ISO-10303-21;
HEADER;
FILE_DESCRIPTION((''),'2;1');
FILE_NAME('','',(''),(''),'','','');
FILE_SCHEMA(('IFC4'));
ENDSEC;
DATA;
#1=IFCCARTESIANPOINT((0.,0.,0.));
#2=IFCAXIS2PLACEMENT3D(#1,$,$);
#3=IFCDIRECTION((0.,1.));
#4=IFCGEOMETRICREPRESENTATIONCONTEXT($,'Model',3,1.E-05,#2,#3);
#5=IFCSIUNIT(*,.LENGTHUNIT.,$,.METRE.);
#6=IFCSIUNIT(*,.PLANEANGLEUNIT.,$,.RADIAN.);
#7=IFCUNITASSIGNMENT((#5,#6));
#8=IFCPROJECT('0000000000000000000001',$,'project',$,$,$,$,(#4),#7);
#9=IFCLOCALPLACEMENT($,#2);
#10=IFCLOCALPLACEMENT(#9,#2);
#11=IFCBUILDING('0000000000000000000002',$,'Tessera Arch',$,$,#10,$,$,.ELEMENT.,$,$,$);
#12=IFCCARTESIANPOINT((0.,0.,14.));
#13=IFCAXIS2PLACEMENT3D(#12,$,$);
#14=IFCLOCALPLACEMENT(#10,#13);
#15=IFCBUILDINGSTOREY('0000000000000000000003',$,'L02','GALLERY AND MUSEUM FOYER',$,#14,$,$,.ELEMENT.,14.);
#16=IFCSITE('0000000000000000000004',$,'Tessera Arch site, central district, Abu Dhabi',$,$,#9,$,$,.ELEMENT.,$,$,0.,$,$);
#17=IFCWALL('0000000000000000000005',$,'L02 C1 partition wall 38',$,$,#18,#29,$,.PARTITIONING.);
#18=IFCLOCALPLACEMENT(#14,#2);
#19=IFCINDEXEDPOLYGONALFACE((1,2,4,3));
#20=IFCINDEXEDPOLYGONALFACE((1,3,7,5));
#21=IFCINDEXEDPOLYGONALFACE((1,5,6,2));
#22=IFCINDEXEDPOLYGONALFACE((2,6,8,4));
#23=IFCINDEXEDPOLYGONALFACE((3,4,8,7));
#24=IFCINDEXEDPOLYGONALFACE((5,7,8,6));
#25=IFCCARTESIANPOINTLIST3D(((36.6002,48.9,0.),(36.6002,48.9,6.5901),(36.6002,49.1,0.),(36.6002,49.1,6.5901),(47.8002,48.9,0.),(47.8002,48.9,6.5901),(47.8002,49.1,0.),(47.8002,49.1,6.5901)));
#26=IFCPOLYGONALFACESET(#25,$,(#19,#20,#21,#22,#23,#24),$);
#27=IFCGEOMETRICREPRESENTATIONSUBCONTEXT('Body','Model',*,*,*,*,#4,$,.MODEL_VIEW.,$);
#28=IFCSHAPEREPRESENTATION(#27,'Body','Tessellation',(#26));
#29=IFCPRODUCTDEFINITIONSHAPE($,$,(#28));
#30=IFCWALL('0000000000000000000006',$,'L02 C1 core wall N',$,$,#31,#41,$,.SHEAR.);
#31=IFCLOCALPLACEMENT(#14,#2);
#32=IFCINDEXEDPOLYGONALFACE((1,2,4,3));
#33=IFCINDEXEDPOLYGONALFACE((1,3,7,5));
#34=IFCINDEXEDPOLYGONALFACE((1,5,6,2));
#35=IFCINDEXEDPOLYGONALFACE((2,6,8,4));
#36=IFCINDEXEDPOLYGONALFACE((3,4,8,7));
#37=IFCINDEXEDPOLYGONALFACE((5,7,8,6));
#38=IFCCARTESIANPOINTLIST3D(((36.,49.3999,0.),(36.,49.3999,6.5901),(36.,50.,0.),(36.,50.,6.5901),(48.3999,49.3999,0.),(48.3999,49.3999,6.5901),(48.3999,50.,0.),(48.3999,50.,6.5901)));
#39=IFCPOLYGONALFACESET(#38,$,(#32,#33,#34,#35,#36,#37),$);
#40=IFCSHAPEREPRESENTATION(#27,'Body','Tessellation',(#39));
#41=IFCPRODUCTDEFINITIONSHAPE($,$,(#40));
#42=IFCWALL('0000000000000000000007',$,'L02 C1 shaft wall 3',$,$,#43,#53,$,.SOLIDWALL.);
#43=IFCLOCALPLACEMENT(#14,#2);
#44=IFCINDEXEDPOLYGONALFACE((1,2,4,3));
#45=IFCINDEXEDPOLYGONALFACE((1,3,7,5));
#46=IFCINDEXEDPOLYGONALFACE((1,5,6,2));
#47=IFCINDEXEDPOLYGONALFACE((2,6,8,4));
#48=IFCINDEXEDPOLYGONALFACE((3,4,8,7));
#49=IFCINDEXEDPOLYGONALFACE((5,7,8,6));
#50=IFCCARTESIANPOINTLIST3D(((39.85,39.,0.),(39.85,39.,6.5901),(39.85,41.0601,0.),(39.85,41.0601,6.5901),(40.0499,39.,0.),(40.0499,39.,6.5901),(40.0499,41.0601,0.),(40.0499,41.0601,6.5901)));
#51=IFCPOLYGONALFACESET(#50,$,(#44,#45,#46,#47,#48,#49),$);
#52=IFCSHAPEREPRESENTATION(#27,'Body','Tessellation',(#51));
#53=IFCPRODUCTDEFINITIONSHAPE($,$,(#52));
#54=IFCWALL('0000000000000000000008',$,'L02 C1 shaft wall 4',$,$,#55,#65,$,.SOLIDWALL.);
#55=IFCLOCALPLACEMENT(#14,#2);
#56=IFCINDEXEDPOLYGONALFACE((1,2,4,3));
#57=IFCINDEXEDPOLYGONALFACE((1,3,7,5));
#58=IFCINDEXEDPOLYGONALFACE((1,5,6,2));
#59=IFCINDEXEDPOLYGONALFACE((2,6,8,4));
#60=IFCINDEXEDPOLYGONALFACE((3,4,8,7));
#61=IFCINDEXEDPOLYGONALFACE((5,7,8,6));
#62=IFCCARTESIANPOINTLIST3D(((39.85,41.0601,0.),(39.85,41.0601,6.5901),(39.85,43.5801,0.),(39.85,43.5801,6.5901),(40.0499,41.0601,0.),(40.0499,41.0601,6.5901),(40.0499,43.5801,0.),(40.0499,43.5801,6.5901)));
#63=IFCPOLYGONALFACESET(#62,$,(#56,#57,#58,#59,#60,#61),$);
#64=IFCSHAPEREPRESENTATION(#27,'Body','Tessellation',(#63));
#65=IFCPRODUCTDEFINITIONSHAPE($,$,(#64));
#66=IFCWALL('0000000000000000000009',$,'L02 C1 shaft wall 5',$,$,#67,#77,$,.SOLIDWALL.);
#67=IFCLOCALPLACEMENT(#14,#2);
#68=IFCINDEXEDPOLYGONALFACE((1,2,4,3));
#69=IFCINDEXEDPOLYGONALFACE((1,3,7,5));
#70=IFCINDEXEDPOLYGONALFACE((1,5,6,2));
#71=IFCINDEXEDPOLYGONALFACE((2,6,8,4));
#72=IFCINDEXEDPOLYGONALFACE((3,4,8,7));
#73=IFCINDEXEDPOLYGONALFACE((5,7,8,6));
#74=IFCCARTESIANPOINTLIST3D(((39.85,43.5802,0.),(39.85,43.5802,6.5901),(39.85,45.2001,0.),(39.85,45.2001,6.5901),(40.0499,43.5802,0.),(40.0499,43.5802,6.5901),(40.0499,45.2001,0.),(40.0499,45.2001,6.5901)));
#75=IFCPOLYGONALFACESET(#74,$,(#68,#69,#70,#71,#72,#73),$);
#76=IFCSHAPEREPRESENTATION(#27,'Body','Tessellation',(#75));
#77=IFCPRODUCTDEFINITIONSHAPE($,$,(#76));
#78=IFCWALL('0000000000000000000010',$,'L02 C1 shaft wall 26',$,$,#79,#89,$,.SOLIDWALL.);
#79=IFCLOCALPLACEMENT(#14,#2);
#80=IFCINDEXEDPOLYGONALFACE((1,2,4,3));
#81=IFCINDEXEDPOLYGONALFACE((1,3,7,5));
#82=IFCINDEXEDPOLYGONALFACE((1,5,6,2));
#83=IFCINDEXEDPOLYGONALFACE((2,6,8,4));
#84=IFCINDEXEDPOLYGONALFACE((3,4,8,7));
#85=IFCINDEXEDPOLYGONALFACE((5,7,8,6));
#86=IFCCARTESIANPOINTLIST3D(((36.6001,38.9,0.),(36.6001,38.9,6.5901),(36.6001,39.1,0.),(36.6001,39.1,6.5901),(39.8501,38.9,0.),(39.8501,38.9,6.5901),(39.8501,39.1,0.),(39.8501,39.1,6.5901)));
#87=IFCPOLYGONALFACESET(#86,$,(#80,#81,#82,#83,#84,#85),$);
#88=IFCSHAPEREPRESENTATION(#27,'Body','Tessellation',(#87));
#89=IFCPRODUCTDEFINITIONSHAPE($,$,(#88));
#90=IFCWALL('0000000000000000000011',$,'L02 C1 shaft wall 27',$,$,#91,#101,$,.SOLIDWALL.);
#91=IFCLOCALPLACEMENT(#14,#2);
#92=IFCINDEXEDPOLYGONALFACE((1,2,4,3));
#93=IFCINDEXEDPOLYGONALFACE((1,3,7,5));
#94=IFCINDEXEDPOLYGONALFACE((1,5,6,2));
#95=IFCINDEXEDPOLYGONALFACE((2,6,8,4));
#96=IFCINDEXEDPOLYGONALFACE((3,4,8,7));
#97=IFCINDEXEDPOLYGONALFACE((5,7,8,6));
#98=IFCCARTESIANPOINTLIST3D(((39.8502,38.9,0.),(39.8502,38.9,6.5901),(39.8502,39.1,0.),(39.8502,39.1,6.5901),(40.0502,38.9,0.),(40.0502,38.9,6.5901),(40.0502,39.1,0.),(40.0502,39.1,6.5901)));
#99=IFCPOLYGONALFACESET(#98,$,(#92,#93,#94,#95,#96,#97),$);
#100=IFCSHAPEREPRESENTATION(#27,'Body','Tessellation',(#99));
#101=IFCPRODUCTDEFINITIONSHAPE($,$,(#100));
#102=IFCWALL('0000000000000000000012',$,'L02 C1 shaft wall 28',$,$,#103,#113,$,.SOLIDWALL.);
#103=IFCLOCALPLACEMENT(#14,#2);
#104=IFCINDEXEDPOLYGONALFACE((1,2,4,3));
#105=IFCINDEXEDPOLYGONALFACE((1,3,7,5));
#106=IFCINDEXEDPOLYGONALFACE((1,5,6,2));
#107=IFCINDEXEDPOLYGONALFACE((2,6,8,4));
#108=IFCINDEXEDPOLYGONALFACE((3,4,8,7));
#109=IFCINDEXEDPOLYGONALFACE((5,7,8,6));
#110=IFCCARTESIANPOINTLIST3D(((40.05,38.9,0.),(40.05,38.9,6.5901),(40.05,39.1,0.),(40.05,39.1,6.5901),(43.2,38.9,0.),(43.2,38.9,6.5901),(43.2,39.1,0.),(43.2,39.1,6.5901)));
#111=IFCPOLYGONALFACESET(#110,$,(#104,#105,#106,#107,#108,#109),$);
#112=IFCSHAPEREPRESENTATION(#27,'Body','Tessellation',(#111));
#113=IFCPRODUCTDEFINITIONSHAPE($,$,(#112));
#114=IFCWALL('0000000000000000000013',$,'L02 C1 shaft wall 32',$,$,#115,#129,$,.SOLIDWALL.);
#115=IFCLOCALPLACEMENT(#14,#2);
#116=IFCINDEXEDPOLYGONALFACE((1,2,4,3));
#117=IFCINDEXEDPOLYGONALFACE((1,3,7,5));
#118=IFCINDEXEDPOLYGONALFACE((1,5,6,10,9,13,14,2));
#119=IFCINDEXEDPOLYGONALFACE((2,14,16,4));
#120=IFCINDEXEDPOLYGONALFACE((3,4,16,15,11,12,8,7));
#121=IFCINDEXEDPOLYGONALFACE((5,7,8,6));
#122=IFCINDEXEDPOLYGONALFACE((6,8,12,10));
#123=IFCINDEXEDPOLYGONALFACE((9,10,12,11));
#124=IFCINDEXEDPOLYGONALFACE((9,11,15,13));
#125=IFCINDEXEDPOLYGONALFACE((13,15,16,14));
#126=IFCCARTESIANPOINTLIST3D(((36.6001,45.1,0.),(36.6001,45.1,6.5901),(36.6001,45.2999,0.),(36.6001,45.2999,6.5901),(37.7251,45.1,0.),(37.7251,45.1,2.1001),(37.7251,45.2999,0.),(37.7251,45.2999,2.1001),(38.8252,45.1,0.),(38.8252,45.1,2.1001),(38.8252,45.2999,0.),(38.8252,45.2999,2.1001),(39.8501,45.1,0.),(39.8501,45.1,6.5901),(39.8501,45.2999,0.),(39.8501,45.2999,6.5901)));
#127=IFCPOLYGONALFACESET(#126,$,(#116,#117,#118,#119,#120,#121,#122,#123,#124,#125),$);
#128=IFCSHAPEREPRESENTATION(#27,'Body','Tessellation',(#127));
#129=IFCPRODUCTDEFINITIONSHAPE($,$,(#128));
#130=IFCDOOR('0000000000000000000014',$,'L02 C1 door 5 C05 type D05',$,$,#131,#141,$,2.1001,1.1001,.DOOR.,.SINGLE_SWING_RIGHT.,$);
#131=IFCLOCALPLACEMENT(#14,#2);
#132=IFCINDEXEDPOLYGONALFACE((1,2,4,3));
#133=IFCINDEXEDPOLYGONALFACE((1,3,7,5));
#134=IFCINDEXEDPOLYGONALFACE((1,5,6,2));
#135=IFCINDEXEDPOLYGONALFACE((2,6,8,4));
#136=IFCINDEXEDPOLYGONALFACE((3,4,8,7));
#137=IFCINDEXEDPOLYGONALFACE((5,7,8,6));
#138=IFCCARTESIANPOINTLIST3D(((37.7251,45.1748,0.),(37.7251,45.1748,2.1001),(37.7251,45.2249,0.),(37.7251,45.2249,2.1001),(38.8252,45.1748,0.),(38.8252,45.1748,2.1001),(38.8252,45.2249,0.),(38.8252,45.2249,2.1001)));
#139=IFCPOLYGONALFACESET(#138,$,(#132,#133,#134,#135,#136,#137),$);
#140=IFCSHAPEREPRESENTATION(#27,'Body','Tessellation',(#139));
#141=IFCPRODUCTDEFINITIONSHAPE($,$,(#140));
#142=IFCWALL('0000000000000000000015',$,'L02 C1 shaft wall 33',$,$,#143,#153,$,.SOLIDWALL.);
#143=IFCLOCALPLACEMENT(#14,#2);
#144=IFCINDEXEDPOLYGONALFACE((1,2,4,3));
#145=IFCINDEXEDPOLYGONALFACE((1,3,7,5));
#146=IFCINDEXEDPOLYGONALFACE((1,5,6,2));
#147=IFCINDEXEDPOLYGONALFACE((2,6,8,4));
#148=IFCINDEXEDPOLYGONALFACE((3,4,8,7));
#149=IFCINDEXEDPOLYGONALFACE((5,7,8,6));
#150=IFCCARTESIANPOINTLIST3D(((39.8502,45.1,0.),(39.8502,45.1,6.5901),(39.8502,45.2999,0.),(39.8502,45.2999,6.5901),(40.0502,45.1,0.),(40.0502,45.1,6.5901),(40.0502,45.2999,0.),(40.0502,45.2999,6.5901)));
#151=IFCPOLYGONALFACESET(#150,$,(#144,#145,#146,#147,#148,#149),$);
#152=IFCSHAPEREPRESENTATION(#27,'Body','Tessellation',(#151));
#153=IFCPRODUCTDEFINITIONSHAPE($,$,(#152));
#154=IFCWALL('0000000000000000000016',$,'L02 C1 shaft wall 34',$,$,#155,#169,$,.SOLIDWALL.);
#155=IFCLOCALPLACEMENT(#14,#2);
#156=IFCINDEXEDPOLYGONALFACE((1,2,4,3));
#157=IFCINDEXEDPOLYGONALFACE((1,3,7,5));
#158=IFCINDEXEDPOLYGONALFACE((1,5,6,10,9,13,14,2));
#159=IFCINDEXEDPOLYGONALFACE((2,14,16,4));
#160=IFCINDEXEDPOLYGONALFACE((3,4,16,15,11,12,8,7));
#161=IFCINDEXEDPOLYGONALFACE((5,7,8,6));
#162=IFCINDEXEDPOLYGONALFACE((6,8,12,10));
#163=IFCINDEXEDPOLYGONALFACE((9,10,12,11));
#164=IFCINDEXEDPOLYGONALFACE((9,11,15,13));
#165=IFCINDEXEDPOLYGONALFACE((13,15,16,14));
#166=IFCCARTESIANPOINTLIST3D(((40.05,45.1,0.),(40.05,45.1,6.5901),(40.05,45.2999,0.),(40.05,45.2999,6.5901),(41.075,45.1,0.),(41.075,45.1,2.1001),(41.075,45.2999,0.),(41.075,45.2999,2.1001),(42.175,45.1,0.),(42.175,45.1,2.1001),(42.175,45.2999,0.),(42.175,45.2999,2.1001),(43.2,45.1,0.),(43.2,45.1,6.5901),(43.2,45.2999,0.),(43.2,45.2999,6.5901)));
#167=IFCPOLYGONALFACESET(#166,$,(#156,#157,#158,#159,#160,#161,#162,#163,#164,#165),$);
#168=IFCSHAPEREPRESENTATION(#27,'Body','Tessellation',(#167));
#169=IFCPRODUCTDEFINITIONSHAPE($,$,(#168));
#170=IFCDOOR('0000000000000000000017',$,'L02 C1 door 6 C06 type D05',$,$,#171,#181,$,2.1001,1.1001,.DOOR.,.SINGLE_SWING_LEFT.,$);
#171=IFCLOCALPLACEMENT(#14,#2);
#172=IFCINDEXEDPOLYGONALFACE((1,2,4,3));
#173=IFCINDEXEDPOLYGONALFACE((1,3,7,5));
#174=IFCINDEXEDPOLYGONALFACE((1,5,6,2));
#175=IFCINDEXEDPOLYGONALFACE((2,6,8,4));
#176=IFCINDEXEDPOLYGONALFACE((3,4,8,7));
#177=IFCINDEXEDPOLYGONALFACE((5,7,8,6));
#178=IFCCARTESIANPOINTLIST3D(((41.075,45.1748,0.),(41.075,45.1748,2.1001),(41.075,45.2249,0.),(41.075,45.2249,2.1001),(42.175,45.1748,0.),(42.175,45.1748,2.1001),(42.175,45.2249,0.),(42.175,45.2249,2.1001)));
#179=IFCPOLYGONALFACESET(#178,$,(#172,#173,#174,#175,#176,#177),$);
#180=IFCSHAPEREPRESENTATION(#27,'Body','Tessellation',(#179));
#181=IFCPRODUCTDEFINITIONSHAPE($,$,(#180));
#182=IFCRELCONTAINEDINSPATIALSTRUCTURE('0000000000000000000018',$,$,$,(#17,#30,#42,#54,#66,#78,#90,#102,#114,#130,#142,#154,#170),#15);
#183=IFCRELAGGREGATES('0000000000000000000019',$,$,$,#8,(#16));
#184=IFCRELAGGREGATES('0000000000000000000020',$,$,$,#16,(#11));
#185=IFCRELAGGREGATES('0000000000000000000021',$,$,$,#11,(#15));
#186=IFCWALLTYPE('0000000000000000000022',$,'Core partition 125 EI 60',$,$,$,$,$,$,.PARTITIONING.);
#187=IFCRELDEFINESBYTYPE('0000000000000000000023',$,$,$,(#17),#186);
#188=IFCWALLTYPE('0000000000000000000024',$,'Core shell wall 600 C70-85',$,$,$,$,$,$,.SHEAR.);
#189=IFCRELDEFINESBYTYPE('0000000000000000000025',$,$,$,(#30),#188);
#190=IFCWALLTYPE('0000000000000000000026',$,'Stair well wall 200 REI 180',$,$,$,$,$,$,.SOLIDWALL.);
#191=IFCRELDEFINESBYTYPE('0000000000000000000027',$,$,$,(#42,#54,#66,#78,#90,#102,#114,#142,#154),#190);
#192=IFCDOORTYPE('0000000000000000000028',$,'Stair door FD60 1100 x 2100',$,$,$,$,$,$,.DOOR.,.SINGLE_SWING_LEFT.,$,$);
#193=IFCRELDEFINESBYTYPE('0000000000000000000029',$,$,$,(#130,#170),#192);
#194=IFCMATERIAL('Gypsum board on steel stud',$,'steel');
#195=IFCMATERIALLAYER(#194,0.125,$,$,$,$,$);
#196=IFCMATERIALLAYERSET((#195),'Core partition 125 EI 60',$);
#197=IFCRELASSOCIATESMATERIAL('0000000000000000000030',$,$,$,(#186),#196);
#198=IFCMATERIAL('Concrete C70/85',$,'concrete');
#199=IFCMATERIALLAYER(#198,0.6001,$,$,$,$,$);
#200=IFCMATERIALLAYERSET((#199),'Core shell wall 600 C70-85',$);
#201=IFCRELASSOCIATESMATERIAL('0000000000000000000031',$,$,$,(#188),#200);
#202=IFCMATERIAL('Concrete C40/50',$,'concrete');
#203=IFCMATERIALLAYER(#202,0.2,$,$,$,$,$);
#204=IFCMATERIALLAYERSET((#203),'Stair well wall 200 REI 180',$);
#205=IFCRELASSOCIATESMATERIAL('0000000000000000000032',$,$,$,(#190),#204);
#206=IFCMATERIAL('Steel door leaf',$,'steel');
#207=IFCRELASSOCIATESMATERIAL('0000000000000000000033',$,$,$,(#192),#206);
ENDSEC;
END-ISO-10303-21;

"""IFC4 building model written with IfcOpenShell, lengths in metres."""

from ifc_helpers import new_model, si_unit, direction, frame, frame_2d, origin, place, context, subcontext, project, spatial, rectangle, extrude, material, layer, layer_set, type_object, element, fill, save


model = new_model("IFC4")

# Units and contexts
model_context = context("Model", 3, precision=1e-05, world=origin(), true_north=direction((0.0, 1.0)))
body_context = subcontext(model_context, "Body", "Model", "MODEL_VIEW")
ifc_project = project(units=[si_unit("LENGTHUNIT", "METRE"), si_unit("PLANEANGLEUNIT", "RADIAN")], contexts=[model_context])

# Site, building, storey
site_placement = place(None, origin())
site = spatial("IfcSite", under=ifc_project, at=site_placement, Name="Tessera Arch site, central district, Abu Dhabi", CompositionType="ELEMENT", RefElevation=0.0)
building_placement = place(site_placement, origin())
building = spatial("IfcBuilding", under=site, at=building_placement, Name="Tessera Arch", CompositionType="ELEMENT")
storey_placement = place(building_placement, frame((0.0, 0.0, 14.0)))
storey = spatial("IfcBuildingStorey", under=building, at=storey_placement, Name="L02", Description="GALLERY AND MUSEUM FOYER", CompositionType="ELEMENT", Elevation=14.0)

# Shared definitions
ifc_material_1 = material(Name="Gypsum board on steel stud", Category="steel")
ifc_layer_1 = layer(ifc_material_1, 0.125)
ifc_layer_set_1 = layer_set([ifc_layer_1], Name="Core partition 125 EI 60")
wall_type_1 = type_object("IfcWallType", Name="Core partition 125 EI 60", PredefinedType="PARTITIONING", material=ifc_layer_set_1)

# Walls
wall_1_placement = place(storey_placement, frame((36.6001, 49.0, 0.0), z_axis=(0.0, 0.0, 1.0), x_axis=(1.0, 0.0, 0.0)))
element("IfcWall", 1, at=wall_1_placement, inside=storey, type_object=wall_type_1, Name="L02 C1 partition wall 38", PredefinedType="PARTITIONING", context=body_context, shape_type="SweptSolid", body=[
    extrude(rectangle(XDim=11.2, YDim=0.2, at=frame_2d((5.6001, 0.0))), origin(), (0.0, 0.0, 1.0), 6.5901),
])
ifc_material_2 = material(Name="Concrete C70/85", Category="concrete")
ifc_layer_2 = layer(ifc_material_2, 0.6001)
ifc_layer_set_2 = layer_set([ifc_layer_2], Name="Core shell wall 600 C70-85")
wall_type_2 = type_object("IfcWallType", Name="Core shell wall 600 C70-85", PredefinedType="SHEAR", material=ifc_layer_set_2)
wall_2_placement = place(storey_placement, frame((36.0, 49.7, 0.0), z_axis=(0.0, 0.0, 1.0), x_axis=(1.0, 0.0, 0.0)))
element("IfcWall", 2, at=wall_2_placement, inside=storey, type_object=wall_type_2, Name="L02 C1 core wall N", PredefinedType="SHEAR", context=body_context, shape_type="SweptSolid", body=[
    extrude(rectangle(XDim=12.3999, YDim=0.6001, at=frame_2d((6.2, 0.0))), origin(), (0.0, 0.0, 1.0), 6.5901),
])
ifc_material_3 = material(Name="Concrete C40/50", Category="concrete")
ifc_layer_3 = layer(ifc_material_3, 0.2)
ifc_layer_set_3 = layer_set([ifc_layer_3], Name="Stair well wall 200 REI 180")
wall_type_3 = type_object("IfcWallType", Name="Stair well wall 200 REI 180", PredefinedType="SOLIDWALL", material=ifc_layer_set_3)
wall_3_placement = place(storey_placement, frame((39.95, 39.0, 0.0), z_axis=(0.0, 0.0, 1.0), x_axis=(0.0, 1.0, 0.0)))
element("IfcWall", 3, at=wall_3_placement, inside=storey, type_object=wall_type_3, Name="L02 C1 shaft wall 3", PredefinedType="SOLIDWALL", context=body_context, shape_type="SweptSolid", body=[
    extrude(rectangle(XDim=2.0601, YDim=0.2, at=frame_2d((1.03, 0.0))), origin(), (0.0, 0.0, 1.0), 6.5901),
])
wall_4_placement = place(storey_placement, frame((39.95, 41.0601, 0.0), z_axis=(0.0, 0.0, 1.0), x_axis=(0.0, 1.0, 0.0)))
element("IfcWall", 4, at=wall_4_placement, inside=storey, type_object=wall_type_3, Name="L02 C1 shaft wall 4", PredefinedType="SOLIDWALL", context=body_context, shape_type="SweptSolid", body=[
    extrude(rectangle(XDim=2.52, YDim=0.2, at=frame_2d((1.26, 0.0))), origin(), (0.0, 0.0, 1.0), 6.5901),
])
wall_5_placement = place(storey_placement, frame((39.95, 43.5801, 0.0), z_axis=(0.0, 0.0, 1.0), x_axis=(0.0, 1.0, 0.0)))
element("IfcWall", 5, at=wall_5_placement, inside=storey, type_object=wall_type_3, Name="L02 C1 shaft wall 5", PredefinedType="SOLIDWALL", context=body_context, shape_type="SweptSolid", body=[
    extrude(rectangle(XDim=1.6199, YDim=0.2, at=frame_2d((0.8101, 0.0))), origin(), (0.0, 0.0, 1.0), 6.5901),
])
wall_6_placement = place(storey_placement, frame((36.6001, 39.0, 0.0), z_axis=(0.0, 0.0, 1.0), x_axis=(1.0, 0.0, 0.0)))
element("IfcWall", 6, at=wall_6_placement, inside=storey, type_object=wall_type_3, Name="L02 C1 shaft wall 26", PredefinedType="SOLIDWALL", context=body_context, shape_type="SweptSolid", body=[
    extrude(rectangle(XDim=3.25, YDim=0.2, at=frame_2d((1.625, 0.0))), origin(), (0.0, 0.0, 1.0), 6.5901),
])
wall_7_placement = place(storey_placement, frame((39.8501, 39.0, 0.0), z_axis=(0.0, 0.0, 1.0), x_axis=(1.0, 0.0, 0.0)))
element("IfcWall", 7, at=wall_7_placement, inside=storey, type_object=wall_type_3, Name="L02 C1 shaft wall 27", PredefinedType="SOLIDWALL", context=body_context, shape_type="SweptSolid", body=[
    extrude(rectangle(XDim=0.2, YDim=0.2, at=frame_2d((0.1001, 0.0))), origin(), (0.0, 0.0, 1.0), 6.5901),
])
wall_8_placement = place(storey_placement, frame((40.05, 39.0, 0.0), z_axis=(0.0, 0.0, 1.0), x_axis=(1.0, 0.0, 0.0)))
element("IfcWall", 8, at=wall_8_placement, inside=storey, type_object=wall_type_3, Name="L02 C1 shaft wall 28", PredefinedType="SOLIDWALL", context=body_context, shape_type="SweptSolid", body=[
    extrude(rectangle(XDim=3.1499, YDim=0.2, at=frame_2d((1.575, 0.0))), origin(), (0.0, 0.0, 1.0), 6.5901),
])

# Wall, opening, door
wall_9_placement = place(storey_placement, frame((36.6001, 45.2, 0.0), z_axis=(0.0, 0.0, 1.0), x_axis=(1.0, 0.0, 0.0)))
wall_9 = element("IfcWall", 9, at=wall_9_placement, inside=storey, type_object=wall_type_3, Name="L02 C1 shaft wall 32", PredefinedType="SOLIDWALL", context=body_context, shape_type="SweptSolid", body=[
    extrude(rectangle(XDim=3.25, YDim=0.2, at=frame_2d((1.625, 0.0))), origin(), (0.0, 0.0, 1.0), 6.5901),
])
opening_1_placement = place(wall_9_placement, frame((1.125, 0.0, 0.0)))
opening_1 = element("IfcOpeningElement", 10, at=opening_1_placement, cuts=wall_9, PredefinedType="OPENING", context=body_context, shape_type="SweptSolid", body=[
    extrude(rectangle(XDim=1.1001, YDim=2.1001, at=frame_2d((0.55, 1.05))), frame((0.0, 0.1099, 0.0), z_axis=(0.0, -1.0, 0.0), x_axis=(1.0, 0.0, 0.0)), (0.0, 0.0, 1.0), 0.22),
])
ifc_material_4 = material(Name="Steel door leaf", Category="steel")
door_type_1 = type_object("IfcDoorType", Name="Stair door FD60 1100 x 2100", OperationType="SINGLE_SWING_LEFT", PredefinedType="DOOR", material=ifc_material_4)
door_1_placement = place(opening_1_placement, origin())
door_1 = element("IfcDoor", 11, at=door_1_placement, inside=storey, type_object=door_type_1, Name="L02 C1 door 5 C05 type D05", OperationType="SINGLE_SWING_RIGHT", OverallHeight=2.1001, OverallWidth=1.1001, PredefinedType="DOOR", context=body_context, shape_type="SweptSolid", body=[
    extrude(rectangle(XDim=1.1001, YDim=2.1001, at=frame_2d((0.55, 1.05))), frame((0.0, 0.0249, 0.0), z_axis=(0.0, -1.0, 0.0), x_axis=(1.0, 0.0, 0.0)), (0.0, 0.0, 1.0), 0.05),
])
fill(opening_1, door_1)

# Wall
wall_10_placement = place(storey_placement, frame((39.8501, 45.2, 0.0), z_axis=(0.0, 0.0, 1.0), x_axis=(1.0, 0.0, 0.0)))
element("IfcWall", 12, at=wall_10_placement, inside=storey, type_object=wall_type_3, Name="L02 C1 shaft wall 33", PredefinedType="SOLIDWALL", context=body_context, shape_type="SweptSolid", body=[
    extrude(rectangle(XDim=0.2, YDim=0.2, at=frame_2d((0.1001, 0.0))), origin(), (0.0, 0.0, 1.0), 6.5901),
])

# Wall, opening, door
wall_11_placement = place(storey_placement, frame((40.05, 45.2, 0.0), z_axis=(0.0, 0.0, 1.0), x_axis=(1.0, 0.0, 0.0)))
wall_11 = element("IfcWall", 13, at=wall_11_placement, inside=storey, type_object=wall_type_3, Name="L02 C1 shaft wall 34", PredefinedType="SOLIDWALL", context=body_context, shape_type="SweptSolid", body=[
    extrude(rectangle(XDim=3.1499, YDim=0.2, at=frame_2d((1.575, 0.0))), origin(), (0.0, 0.0, 1.0), 6.5901),
])
opening_2_placement = place(wall_11_placement, frame((1.0249, 0.0, 0.0)))
opening_2 = element("IfcOpeningElement", 14, at=opening_2_placement, cuts=wall_11, PredefinedType="OPENING", context=body_context, shape_type="SweptSolid", body=[
    extrude(rectangle(XDim=1.1001, YDim=2.1001, at=frame_2d((0.55, 1.05))), frame((0.0, 0.1099, 0.0), z_axis=(0.0, -1.0, 0.0), x_axis=(1.0, 0.0, 0.0)), (0.0, 0.0, 1.0), 0.22),
])
door_2_placement = place(opening_2_placement, origin())
door_2 = element("IfcDoor", 15, at=door_2_placement, inside=storey, type_object=door_type_1, Name="L02 C1 door 6 C06 type D05", OperationType="SINGLE_SWING_LEFT", OverallHeight=2.1001, OverallWidth=1.1001, PredefinedType="DOOR", context=body_context, shape_type="SweptSolid", body=[
    extrude(rectangle(XDim=1.1001, YDim=2.1001, at=frame_2d((0.55, 1.05))), frame((0.0, 0.0249, 0.0), z_axis=(0.0, -1.0, 0.0), x_axis=(1.0, 0.0, 0.0)), (0.0, 0.0, 1.0), 0.05),
])
fill(opening_2, door_2)

save(model, "model.ifc")
